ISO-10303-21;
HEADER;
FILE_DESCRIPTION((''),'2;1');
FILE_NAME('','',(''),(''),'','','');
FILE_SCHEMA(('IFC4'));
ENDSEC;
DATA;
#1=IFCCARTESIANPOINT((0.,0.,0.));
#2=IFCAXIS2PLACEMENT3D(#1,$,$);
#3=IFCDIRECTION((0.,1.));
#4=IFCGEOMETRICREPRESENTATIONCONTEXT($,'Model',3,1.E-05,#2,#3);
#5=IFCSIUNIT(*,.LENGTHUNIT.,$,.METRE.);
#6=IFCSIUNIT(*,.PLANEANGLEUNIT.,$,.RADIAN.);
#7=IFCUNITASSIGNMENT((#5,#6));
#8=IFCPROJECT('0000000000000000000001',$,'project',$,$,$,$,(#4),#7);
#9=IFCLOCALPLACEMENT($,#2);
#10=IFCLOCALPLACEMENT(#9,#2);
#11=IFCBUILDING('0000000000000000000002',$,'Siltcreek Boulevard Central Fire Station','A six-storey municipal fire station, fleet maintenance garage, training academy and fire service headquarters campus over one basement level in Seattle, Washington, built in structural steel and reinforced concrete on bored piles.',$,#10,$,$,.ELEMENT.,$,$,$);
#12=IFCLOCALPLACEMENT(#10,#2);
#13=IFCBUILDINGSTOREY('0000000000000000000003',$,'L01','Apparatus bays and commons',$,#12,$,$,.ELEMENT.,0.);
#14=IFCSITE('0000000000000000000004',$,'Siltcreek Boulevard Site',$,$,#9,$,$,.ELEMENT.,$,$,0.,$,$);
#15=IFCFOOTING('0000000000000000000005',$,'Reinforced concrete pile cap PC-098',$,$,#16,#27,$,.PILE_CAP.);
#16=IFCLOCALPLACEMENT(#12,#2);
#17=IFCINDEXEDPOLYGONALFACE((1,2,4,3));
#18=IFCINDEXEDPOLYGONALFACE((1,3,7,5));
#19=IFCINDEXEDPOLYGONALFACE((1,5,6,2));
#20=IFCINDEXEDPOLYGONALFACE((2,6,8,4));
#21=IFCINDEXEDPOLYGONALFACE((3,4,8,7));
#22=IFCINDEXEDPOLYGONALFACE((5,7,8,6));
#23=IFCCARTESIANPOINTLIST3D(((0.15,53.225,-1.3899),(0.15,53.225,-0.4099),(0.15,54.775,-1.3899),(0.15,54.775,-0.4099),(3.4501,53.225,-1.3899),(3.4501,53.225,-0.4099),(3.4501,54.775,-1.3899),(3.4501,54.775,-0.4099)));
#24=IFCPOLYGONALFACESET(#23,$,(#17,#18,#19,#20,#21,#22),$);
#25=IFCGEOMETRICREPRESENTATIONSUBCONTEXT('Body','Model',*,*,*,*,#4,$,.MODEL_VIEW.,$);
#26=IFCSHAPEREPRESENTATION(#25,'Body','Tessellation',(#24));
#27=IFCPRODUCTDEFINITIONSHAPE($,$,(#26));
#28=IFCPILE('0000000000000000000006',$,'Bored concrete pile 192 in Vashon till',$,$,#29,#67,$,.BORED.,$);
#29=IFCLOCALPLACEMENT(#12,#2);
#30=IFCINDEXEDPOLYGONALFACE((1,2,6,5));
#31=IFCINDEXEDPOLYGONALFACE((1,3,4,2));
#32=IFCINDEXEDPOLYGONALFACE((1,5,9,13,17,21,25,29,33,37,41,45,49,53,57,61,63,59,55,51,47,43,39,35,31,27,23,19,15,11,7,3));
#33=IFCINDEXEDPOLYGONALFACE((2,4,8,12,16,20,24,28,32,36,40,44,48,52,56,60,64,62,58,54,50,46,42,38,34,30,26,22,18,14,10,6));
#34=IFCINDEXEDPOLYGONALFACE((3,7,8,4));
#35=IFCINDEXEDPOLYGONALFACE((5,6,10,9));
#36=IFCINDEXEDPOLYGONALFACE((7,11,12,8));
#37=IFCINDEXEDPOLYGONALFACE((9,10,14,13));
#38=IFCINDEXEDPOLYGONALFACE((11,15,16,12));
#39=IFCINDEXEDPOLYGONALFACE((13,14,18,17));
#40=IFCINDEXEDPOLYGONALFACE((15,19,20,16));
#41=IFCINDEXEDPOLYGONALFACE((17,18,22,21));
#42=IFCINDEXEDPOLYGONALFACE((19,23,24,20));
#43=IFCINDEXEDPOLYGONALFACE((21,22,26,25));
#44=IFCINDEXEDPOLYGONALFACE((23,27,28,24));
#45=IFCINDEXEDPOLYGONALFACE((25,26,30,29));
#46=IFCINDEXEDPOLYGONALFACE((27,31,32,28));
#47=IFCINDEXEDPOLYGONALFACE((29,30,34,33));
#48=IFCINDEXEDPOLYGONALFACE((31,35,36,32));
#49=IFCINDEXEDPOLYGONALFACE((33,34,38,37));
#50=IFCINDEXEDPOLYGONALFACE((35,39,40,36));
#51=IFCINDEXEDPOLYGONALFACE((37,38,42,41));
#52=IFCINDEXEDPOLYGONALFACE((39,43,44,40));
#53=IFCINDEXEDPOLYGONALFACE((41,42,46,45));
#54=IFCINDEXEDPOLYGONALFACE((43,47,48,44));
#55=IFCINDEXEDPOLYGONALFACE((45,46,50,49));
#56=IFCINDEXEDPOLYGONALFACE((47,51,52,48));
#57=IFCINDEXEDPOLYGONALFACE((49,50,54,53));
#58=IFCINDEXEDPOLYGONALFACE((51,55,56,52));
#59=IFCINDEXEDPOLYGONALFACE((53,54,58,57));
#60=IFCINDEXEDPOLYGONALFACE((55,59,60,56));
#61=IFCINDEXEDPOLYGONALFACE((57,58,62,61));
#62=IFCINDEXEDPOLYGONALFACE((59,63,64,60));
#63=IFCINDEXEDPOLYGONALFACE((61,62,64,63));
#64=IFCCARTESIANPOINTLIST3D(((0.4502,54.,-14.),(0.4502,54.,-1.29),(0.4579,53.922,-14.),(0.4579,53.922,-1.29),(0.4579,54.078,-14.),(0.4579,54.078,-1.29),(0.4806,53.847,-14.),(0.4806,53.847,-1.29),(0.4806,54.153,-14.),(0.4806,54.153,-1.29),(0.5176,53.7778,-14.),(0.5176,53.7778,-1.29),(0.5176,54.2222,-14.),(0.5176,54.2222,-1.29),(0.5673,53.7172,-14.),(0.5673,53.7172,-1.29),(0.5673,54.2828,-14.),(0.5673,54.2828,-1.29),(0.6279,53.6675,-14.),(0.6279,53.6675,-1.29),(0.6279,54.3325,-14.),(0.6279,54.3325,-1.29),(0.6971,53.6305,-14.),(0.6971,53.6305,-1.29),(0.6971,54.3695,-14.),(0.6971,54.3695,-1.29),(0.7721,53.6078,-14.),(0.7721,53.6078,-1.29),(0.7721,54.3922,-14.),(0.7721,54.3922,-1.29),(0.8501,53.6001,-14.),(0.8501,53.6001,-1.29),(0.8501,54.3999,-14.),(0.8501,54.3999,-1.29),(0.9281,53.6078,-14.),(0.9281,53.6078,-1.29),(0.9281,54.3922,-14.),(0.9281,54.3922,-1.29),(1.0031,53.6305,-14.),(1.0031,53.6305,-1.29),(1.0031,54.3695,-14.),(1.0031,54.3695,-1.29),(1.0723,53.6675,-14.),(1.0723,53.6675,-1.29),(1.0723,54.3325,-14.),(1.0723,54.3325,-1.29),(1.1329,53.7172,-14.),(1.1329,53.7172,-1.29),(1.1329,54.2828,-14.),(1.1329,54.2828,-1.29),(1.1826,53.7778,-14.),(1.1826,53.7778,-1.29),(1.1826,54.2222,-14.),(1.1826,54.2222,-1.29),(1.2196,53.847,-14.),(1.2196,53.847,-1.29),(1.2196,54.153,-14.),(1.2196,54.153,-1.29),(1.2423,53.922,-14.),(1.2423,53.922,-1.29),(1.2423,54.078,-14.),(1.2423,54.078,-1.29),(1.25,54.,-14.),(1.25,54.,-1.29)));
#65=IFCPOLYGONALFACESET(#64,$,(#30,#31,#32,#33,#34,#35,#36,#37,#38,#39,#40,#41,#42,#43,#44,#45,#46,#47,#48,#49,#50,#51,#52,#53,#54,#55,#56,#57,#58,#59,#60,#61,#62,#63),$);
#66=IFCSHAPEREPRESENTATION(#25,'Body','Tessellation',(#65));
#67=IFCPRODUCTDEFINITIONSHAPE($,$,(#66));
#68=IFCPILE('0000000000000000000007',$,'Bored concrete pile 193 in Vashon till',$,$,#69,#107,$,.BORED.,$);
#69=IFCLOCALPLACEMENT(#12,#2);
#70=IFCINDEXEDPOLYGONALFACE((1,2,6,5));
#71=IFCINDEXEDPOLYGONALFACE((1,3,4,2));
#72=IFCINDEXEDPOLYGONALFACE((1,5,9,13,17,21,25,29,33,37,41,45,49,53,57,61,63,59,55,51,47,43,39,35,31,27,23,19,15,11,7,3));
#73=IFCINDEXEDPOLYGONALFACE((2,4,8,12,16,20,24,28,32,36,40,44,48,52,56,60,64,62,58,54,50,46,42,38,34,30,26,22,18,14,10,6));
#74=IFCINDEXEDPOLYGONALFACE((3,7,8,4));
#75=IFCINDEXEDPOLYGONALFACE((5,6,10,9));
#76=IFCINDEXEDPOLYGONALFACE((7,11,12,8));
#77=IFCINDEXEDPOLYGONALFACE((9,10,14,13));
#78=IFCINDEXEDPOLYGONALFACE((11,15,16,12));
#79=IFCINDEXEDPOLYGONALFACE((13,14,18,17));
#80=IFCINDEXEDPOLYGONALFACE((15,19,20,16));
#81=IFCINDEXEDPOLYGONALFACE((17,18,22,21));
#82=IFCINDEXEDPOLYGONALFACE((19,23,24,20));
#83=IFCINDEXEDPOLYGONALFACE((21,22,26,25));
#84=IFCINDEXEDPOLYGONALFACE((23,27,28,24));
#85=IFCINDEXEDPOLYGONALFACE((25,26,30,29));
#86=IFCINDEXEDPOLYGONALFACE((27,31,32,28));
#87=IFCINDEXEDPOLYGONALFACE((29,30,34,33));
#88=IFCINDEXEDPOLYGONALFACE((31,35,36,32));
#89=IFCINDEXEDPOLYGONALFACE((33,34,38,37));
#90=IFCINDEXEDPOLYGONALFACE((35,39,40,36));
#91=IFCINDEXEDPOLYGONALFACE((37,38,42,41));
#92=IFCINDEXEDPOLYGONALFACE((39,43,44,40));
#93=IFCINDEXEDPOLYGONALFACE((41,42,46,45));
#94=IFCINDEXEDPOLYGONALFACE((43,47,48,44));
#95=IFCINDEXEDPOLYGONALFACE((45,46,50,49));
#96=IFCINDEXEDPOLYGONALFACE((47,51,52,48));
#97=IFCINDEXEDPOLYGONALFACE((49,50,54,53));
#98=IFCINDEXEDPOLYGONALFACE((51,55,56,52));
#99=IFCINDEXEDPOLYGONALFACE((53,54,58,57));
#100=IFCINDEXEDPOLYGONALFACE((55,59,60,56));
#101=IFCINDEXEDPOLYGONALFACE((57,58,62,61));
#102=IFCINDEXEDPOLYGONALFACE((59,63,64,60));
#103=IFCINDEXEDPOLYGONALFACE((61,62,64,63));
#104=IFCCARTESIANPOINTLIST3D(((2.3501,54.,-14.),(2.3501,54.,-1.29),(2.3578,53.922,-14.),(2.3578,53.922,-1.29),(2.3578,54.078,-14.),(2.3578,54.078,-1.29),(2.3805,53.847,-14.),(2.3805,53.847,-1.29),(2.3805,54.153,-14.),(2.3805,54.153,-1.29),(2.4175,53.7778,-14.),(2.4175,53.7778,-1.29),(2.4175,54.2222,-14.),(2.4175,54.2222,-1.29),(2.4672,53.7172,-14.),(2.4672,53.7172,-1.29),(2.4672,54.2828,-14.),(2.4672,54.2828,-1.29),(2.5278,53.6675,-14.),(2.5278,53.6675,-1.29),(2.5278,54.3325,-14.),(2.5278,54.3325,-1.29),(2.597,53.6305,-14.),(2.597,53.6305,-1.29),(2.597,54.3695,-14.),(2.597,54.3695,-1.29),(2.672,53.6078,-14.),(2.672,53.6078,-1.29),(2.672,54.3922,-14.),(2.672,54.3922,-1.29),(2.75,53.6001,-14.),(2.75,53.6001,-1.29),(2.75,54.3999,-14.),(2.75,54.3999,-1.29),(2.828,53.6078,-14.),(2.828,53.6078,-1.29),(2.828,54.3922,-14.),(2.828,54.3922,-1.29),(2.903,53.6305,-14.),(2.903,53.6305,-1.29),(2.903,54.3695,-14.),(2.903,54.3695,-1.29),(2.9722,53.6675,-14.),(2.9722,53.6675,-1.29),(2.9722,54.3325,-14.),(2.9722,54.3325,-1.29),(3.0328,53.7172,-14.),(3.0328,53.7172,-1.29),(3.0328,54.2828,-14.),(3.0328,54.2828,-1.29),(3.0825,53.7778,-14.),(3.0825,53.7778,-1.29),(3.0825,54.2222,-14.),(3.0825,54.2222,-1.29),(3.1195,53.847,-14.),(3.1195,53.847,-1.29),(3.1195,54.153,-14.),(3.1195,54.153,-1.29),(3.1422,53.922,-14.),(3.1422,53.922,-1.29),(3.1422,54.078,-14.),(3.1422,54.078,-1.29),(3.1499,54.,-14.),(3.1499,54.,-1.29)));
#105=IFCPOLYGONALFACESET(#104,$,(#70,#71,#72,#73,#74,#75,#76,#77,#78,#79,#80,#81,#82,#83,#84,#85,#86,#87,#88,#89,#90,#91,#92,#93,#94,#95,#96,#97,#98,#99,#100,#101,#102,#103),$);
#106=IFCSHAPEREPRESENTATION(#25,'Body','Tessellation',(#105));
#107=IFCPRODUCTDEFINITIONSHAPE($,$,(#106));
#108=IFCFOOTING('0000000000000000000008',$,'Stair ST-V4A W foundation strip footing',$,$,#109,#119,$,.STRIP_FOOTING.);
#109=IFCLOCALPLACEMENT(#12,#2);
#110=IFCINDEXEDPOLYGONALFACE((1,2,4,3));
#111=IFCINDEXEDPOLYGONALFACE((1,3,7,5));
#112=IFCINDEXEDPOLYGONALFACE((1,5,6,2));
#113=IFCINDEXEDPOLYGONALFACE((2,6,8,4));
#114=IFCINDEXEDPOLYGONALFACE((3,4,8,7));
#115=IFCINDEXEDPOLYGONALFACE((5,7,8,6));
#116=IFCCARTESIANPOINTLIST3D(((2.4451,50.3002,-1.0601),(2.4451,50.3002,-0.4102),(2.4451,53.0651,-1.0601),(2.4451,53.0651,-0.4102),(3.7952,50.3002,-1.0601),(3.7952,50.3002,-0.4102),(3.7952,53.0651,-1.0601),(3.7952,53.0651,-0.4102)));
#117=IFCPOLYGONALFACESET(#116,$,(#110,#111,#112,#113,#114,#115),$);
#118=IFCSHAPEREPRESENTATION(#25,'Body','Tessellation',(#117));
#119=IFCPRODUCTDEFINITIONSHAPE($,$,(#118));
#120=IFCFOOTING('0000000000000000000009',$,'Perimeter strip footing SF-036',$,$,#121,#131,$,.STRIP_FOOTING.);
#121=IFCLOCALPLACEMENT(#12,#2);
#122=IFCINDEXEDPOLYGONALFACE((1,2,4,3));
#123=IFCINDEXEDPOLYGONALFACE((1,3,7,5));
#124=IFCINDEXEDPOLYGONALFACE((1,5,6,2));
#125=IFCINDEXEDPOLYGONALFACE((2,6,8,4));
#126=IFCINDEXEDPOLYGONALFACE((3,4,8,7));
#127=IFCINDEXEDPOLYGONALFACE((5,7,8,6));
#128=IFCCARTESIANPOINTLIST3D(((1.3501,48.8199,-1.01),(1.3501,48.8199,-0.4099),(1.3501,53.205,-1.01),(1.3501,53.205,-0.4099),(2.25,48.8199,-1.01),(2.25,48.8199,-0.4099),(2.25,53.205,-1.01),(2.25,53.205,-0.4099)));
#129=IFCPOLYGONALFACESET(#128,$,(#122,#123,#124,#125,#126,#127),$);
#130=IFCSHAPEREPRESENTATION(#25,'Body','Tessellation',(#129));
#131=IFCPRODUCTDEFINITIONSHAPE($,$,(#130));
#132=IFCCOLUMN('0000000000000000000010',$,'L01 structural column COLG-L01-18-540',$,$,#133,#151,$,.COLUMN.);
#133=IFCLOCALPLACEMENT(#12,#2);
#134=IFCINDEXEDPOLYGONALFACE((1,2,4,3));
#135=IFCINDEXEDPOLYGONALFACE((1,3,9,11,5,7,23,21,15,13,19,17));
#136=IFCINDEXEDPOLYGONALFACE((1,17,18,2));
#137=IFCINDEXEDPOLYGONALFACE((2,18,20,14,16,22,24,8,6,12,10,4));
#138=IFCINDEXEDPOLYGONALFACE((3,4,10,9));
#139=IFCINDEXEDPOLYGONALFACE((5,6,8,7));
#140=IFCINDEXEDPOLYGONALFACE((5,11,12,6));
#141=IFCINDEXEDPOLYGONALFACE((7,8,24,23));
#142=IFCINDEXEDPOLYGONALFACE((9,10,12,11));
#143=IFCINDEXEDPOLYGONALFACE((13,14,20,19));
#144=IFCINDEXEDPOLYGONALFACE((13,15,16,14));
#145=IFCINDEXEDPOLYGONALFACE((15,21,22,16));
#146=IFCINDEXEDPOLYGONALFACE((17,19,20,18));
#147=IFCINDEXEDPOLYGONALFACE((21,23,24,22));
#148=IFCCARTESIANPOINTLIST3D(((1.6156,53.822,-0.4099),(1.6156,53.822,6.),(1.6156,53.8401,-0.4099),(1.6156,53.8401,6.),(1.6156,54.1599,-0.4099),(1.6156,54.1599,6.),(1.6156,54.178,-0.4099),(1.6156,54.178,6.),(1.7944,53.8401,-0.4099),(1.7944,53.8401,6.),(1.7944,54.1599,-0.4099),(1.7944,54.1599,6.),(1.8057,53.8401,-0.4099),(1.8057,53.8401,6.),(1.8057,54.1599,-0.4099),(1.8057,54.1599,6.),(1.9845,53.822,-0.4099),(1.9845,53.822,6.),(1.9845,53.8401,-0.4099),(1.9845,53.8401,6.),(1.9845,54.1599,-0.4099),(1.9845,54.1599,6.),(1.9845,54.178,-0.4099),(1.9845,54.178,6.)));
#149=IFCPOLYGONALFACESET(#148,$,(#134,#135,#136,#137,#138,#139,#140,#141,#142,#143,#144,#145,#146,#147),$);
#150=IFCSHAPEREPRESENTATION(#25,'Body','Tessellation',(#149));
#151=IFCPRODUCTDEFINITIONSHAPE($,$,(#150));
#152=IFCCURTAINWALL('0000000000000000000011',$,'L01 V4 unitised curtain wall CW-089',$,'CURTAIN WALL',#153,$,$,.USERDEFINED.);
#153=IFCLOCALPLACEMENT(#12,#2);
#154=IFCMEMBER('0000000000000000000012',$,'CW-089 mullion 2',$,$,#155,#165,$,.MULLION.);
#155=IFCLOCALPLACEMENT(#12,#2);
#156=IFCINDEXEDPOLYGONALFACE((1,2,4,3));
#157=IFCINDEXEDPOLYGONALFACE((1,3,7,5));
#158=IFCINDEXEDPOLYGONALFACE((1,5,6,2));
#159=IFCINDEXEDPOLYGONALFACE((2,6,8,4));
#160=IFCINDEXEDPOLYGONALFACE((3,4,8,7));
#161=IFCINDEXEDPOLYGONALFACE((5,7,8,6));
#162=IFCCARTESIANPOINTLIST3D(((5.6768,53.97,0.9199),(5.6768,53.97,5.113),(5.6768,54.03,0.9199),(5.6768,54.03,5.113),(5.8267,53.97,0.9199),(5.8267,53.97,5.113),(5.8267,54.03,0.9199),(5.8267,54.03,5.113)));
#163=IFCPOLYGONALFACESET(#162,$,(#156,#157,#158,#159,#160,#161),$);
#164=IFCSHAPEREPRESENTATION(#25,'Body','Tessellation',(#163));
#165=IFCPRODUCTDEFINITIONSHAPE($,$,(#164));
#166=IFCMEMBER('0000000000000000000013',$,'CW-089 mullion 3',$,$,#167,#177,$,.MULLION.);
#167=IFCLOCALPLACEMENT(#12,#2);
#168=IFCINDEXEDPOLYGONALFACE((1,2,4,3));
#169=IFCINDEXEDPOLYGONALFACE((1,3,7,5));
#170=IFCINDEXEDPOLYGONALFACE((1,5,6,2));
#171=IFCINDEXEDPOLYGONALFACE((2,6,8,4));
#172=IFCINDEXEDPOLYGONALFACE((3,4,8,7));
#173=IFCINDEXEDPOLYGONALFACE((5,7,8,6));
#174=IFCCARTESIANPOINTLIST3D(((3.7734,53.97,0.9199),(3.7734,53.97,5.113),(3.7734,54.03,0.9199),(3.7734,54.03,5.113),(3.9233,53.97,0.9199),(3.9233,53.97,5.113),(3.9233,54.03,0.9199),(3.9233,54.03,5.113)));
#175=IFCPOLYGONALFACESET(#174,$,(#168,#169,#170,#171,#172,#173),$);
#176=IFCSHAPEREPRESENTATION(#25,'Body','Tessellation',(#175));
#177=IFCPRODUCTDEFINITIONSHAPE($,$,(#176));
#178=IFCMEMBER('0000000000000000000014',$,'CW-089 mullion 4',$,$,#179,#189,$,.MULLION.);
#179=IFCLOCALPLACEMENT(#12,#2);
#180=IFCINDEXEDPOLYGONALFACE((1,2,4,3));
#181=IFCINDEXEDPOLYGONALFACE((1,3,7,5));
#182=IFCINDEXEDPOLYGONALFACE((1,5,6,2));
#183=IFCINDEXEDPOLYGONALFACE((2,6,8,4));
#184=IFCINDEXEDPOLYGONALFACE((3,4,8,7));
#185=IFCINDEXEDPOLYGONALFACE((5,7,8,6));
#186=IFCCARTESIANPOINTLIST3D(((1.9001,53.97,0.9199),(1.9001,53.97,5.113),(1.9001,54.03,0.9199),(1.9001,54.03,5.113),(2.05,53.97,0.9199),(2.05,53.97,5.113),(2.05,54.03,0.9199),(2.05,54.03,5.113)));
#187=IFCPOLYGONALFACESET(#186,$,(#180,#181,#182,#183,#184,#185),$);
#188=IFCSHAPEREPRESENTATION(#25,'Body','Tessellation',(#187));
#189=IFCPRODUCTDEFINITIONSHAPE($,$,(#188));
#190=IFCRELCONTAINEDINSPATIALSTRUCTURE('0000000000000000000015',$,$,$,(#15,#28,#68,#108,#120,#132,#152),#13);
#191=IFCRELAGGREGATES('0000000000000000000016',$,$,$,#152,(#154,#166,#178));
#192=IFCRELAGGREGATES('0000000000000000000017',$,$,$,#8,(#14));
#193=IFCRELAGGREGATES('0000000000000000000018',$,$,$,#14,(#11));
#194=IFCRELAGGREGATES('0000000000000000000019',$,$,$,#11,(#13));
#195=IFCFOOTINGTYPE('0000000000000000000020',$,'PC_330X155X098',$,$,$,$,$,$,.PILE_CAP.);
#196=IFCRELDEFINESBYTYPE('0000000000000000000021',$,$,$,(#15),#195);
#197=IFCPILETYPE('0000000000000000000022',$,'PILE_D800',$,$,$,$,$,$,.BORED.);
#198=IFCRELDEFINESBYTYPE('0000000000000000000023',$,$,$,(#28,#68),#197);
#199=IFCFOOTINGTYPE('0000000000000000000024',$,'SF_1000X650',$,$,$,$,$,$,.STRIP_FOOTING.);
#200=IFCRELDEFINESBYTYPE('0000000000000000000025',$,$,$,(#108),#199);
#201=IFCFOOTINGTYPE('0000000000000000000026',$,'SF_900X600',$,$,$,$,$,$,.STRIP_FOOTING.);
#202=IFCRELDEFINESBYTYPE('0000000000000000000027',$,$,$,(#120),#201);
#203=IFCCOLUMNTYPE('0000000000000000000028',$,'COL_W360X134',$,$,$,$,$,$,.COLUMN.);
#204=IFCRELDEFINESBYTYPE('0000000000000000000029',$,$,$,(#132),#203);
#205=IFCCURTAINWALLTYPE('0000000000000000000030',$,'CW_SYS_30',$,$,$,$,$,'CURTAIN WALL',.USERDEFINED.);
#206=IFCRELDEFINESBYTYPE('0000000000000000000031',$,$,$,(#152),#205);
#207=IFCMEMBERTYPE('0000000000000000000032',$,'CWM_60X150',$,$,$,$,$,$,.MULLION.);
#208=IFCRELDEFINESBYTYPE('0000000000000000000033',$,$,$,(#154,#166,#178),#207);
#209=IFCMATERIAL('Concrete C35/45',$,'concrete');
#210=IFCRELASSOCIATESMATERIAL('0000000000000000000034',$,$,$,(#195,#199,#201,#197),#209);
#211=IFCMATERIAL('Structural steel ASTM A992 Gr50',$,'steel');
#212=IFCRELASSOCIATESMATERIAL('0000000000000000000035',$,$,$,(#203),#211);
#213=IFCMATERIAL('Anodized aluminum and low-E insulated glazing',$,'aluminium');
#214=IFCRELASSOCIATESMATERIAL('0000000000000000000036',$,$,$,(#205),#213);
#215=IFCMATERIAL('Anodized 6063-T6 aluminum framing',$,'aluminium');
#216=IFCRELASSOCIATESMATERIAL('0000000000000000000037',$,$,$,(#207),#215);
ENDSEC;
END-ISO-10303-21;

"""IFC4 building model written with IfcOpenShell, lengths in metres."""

from ifc_helpers import new_model, si_unit, direction, frame, origin, origin_2d, place, context, subcontext, project, spatial, rectangle, circle, i_section, extrude, material, material_profile, profile_set, type_object, element, aggregate, save


model = new_model("IFC4")

# Units and contexts
model_context = context("Model", 3, precision=1e-05, world=origin(), true_north=direction((0.0, 1.0)))
body_context = subcontext(model_context, "Body", "Model", "MODEL_VIEW")
ifc_project = project(units=[si_unit("LENGTHUNIT", "METRE"), si_unit("PLANEANGLEUNIT", "RADIAN")], contexts=[model_context])

# Site, building, storey
site_placement = place(None, origin())
site = spatial("IfcSite", under=ifc_project, at=site_placement, Name="Siltcreek Boulevard Site", CompositionType="ELEMENT", RefElevation=0.0)
building_placement = place(site_placement, origin())
building = spatial("IfcBuilding", under=site, at=building_placement, Name="Siltcreek Boulevard Central Fire Station", Description="A six-storey municipal fire station, fleet maintenance garage, training academy and fire service headquarters campus over one basement level in Seattle, Washington, built in structural steel and reinforced concrete on bored piles.", CompositionType="ELEMENT")
storey_placement = place(building_placement, origin())
storey = spatial("IfcBuildingStorey", under=building, at=storey_placement, Name="L01", Description="Apparatus bays and commons", CompositionType="ELEMENT", Elevation=0.0)

# Footing
ifc_material_1 = material(Name="Concrete C35/45", Category="concrete")
footing_type_1 = type_object("IfcFootingType", Name="PC_330X155X098", PredefinedType="PILE_CAP", material=ifc_material_1)
footing_1_placement = place(storey_placement, frame((1.8, 54.0, -1.3899), z_axis=(0.0, 0.0, 1.0), x_axis=(1.0, 0.0, 0.0)))
element("IfcFooting", 1, at=footing_1_placement, inside=storey, type_object=footing_type_1, Name="Reinforced concrete pile cap PC-098", PredefinedType="PILE_CAP", context=body_context, shape_type="SweptSolid", body=[
    extrude(rectangle(XDim=3.3, YDim=1.55, at=origin_2d()), origin(), (0.0, 0.0, 1.0), 0.98),
])

# Piles
ifc_material_profile_1 = material_profile(ifc_material_1, circle(Radius=0.3999, at=origin_2d()), Name="SHAFT800")
ifc_profile_set_1 = profile_set([ifc_material_profile_1], Name="Concrete C35/45")
pile_type = type_object("IfcPileType", Name="PILE_D800", PredefinedType="BORED", material=ifc_profile_set_1)
for number, where, z_axis, x_axis, name in (
    (2, (0.8501, 54.0, -1.29), (0.0, 0.0, -1.0), (1.0, 0.0, 0.0), "Bored concrete pile 192 in Vashon till"),
    (3, (2.75, 54.0, -1.29), (0.0, 0.0, -1.0), (1.0, 0.0, 0.0), "Bored concrete pile 193 in Vashon till"),
):
    element("IfcPile", number, at=place(storey_placement, frame(where, z_axis=z_axis, x_axis=x_axis)), inside=storey, type_object=pile_type, Name=name, PredefinedType="BORED", context=body_context, shape_type="SweptSolid", body=[
        extrude(circle(Radius=0.3999, at=origin_2d()), origin(), (0.0, 0.0, 1.0), 12.71),
    ])

# Footings
footing_type_2 = type_object("IfcFootingType", Name="SF_1000X650", PredefinedType="STRIP_FOOTING", material=ifc_material_1)
footing_2_placement = place(storey_placement, frame((3.1201, 51.6826, -1.0601), z_axis=(0.0, 0.0, 1.0), x_axis=(1.0, 0.0, 0.0)))
element("IfcFooting", 4, at=footing_2_placement, inside=storey, type_object=footing_type_2, Name="Stair ST-V4A W foundation strip footing", PredefinedType="STRIP_FOOTING", context=body_context, shape_type="SweptSolid", body=[
    extrude(rectangle(XDim=1.3501, YDim=2.7649, at=origin_2d()), origin(), (0.0, 0.0, 1.0), 0.6499),
])
footing_type_3 = type_object("IfcFootingType", Name="SF_900X600", PredefinedType="STRIP_FOOTING", material=ifc_material_1)
footing_3_placement = place(storey_placement, frame((1.8, 51.0125, -1.01), z_axis=(0.0, 0.0, 1.0), x_axis=(1.0, 0.0, 0.0)))
element("IfcFooting", 5, at=footing_3_placement, inside=storey, type_object=footing_type_3, Name="Perimeter strip footing SF-036", PredefinedType="STRIP_FOOTING", context=body_context, shape_type="SweptSolid", body=[
    extrude(rectangle(XDim=0.8999, YDim=4.385, at=origin_2d()), origin(), (0.0, 0.0, 1.0), 0.6001),
])

# Column
ifc_material_2 = material(Name="Structural steel ASTM A992 Gr50", Category="steel")
ifc_material_profile_2 = material_profile(ifc_material_2, i_section(OverallWidth=0.3689, OverallDepth=0.356, WebThickness=0.0112, FlangeThickness=0.0181, at=origin_2d()), Name="W360X134")
ifc_profile_set_2 = profile_set([ifc_material_profile_2], Name="Structural steel ASTM A992 Gr50")
column_type = type_object("IfcColumnType", Name="COL_W360X134", PredefinedType="COLUMN", material=ifc_profile_set_2)
column_placement = place(storey_placement, frame((1.8, 54.0, -0.4099), z_axis=(0.0, 0.0, 1.0), x_axis=(1.0, 0.0, 0.0)))
element("IfcColumn", 6, at=column_placement, inside=storey, type_object=column_type, Name="L01 structural column COLG-L01-18-540", PredefinedType="COLUMN", context=body_context, shape_type="SweptSolid", body=[
    extrude(i_section(OverallWidth=0.3689, OverallDepth=0.356, WebThickness=0.0112, FlangeThickness=0.0181, at=origin_2d()), origin(), (0.0, 0.0, 1.0), 6.4099),
])

# Curtain wall, members
ifc_material_3 = material(Name="Anodized aluminum and low-E insulated glazing", Category="aluminium")
curtain_wall_type = type_object("IfcCurtainWallType", Name="CW_SYS_30", ElementType="CURTAIN WALL", PredefinedType="USERDEFINED", material=ifc_material_3)
curtain_wall_placement = place(storey_placement, origin())
curtain_wall = element("IfcCurtainWall", 7, at=curtain_wall_placement, inside=storey, type_object=curtain_wall_type, Name="L01 V4 unitised curtain wall CW-089", ObjectType="CURTAIN WALL", PredefinedType="USERDEFINED")
ifc_material_4 = material(Name="Anodized 6063-T6 aluminum framing", Category="aluminium")
ifc_material_profile_3 = material_profile(ifc_material_4, rectangle(XDim=0.0601, YDim=0.1499, at=origin_2d()), Name="MULL60X150")
ifc_profile_set_3 = profile_set([ifc_material_profile_3], Name="Anodized 6063-T6 aluminum framing")
member_type_1 = type_object("IfcMemberType", Name="CWM_60X150", PredefinedType="MULLION", material=ifc_profile_set_3)
member_1_placement = place(storey_placement, frame((5.7517, 54.0, 0.9199), z_axis=(0.0, 0.0, 1.0), x_axis=(0.0, -1.0, 0.0)))
member_1 = element("IfcMember", 8, at=member_1_placement, type_object=member_type_1, Name="CW-089 mullion 2", PredefinedType="MULLION", context=body_context, shape_type="SweptSolid", body=[
    extrude(rectangle(XDim=0.0601, YDim=0.1499, at=origin_2d()), origin(), (0.0, 0.0, 1.0), 4.1931),
])
member_2_placement = place(storey_placement, frame((3.8484, 54.0, 0.9199), z_axis=(0.0, 0.0, 1.0), x_axis=(0.0, -1.0, 0.0)))
member_2 = element("IfcMember", 9, at=member_2_placement, type_object=member_type_1, Name="CW-089 mullion 3", PredefinedType="MULLION", context=body_context, shape_type="SweptSolid", body=[
    extrude(rectangle(XDim=0.0601, YDim=0.1499, at=origin_2d()), origin(), (0.0, 0.0, 1.0), 4.1931),
])
member_3_placement = place(storey_placement, frame((1.9751, 54.0, 0.9199), z_axis=(0.0, 0.0, 1.0), x_axis=(0.0, -1.0, 0.0)))
member_3 = element("IfcMember", 10, at=member_3_placement, type_object=member_type_1, Name="CW-089 mullion 4", PredefinedType="MULLION", context=body_context, shape_type="SweptSolid", body=[
    extrude(rectangle(XDim=0.0601, YDim=0.1499, at=origin_2d()), origin(), (0.0, 0.0, 1.0), 4.1931),
])
aggregate(curtain_wall, [member_1, member_2, member_3])

save(model, "model.ifc")
